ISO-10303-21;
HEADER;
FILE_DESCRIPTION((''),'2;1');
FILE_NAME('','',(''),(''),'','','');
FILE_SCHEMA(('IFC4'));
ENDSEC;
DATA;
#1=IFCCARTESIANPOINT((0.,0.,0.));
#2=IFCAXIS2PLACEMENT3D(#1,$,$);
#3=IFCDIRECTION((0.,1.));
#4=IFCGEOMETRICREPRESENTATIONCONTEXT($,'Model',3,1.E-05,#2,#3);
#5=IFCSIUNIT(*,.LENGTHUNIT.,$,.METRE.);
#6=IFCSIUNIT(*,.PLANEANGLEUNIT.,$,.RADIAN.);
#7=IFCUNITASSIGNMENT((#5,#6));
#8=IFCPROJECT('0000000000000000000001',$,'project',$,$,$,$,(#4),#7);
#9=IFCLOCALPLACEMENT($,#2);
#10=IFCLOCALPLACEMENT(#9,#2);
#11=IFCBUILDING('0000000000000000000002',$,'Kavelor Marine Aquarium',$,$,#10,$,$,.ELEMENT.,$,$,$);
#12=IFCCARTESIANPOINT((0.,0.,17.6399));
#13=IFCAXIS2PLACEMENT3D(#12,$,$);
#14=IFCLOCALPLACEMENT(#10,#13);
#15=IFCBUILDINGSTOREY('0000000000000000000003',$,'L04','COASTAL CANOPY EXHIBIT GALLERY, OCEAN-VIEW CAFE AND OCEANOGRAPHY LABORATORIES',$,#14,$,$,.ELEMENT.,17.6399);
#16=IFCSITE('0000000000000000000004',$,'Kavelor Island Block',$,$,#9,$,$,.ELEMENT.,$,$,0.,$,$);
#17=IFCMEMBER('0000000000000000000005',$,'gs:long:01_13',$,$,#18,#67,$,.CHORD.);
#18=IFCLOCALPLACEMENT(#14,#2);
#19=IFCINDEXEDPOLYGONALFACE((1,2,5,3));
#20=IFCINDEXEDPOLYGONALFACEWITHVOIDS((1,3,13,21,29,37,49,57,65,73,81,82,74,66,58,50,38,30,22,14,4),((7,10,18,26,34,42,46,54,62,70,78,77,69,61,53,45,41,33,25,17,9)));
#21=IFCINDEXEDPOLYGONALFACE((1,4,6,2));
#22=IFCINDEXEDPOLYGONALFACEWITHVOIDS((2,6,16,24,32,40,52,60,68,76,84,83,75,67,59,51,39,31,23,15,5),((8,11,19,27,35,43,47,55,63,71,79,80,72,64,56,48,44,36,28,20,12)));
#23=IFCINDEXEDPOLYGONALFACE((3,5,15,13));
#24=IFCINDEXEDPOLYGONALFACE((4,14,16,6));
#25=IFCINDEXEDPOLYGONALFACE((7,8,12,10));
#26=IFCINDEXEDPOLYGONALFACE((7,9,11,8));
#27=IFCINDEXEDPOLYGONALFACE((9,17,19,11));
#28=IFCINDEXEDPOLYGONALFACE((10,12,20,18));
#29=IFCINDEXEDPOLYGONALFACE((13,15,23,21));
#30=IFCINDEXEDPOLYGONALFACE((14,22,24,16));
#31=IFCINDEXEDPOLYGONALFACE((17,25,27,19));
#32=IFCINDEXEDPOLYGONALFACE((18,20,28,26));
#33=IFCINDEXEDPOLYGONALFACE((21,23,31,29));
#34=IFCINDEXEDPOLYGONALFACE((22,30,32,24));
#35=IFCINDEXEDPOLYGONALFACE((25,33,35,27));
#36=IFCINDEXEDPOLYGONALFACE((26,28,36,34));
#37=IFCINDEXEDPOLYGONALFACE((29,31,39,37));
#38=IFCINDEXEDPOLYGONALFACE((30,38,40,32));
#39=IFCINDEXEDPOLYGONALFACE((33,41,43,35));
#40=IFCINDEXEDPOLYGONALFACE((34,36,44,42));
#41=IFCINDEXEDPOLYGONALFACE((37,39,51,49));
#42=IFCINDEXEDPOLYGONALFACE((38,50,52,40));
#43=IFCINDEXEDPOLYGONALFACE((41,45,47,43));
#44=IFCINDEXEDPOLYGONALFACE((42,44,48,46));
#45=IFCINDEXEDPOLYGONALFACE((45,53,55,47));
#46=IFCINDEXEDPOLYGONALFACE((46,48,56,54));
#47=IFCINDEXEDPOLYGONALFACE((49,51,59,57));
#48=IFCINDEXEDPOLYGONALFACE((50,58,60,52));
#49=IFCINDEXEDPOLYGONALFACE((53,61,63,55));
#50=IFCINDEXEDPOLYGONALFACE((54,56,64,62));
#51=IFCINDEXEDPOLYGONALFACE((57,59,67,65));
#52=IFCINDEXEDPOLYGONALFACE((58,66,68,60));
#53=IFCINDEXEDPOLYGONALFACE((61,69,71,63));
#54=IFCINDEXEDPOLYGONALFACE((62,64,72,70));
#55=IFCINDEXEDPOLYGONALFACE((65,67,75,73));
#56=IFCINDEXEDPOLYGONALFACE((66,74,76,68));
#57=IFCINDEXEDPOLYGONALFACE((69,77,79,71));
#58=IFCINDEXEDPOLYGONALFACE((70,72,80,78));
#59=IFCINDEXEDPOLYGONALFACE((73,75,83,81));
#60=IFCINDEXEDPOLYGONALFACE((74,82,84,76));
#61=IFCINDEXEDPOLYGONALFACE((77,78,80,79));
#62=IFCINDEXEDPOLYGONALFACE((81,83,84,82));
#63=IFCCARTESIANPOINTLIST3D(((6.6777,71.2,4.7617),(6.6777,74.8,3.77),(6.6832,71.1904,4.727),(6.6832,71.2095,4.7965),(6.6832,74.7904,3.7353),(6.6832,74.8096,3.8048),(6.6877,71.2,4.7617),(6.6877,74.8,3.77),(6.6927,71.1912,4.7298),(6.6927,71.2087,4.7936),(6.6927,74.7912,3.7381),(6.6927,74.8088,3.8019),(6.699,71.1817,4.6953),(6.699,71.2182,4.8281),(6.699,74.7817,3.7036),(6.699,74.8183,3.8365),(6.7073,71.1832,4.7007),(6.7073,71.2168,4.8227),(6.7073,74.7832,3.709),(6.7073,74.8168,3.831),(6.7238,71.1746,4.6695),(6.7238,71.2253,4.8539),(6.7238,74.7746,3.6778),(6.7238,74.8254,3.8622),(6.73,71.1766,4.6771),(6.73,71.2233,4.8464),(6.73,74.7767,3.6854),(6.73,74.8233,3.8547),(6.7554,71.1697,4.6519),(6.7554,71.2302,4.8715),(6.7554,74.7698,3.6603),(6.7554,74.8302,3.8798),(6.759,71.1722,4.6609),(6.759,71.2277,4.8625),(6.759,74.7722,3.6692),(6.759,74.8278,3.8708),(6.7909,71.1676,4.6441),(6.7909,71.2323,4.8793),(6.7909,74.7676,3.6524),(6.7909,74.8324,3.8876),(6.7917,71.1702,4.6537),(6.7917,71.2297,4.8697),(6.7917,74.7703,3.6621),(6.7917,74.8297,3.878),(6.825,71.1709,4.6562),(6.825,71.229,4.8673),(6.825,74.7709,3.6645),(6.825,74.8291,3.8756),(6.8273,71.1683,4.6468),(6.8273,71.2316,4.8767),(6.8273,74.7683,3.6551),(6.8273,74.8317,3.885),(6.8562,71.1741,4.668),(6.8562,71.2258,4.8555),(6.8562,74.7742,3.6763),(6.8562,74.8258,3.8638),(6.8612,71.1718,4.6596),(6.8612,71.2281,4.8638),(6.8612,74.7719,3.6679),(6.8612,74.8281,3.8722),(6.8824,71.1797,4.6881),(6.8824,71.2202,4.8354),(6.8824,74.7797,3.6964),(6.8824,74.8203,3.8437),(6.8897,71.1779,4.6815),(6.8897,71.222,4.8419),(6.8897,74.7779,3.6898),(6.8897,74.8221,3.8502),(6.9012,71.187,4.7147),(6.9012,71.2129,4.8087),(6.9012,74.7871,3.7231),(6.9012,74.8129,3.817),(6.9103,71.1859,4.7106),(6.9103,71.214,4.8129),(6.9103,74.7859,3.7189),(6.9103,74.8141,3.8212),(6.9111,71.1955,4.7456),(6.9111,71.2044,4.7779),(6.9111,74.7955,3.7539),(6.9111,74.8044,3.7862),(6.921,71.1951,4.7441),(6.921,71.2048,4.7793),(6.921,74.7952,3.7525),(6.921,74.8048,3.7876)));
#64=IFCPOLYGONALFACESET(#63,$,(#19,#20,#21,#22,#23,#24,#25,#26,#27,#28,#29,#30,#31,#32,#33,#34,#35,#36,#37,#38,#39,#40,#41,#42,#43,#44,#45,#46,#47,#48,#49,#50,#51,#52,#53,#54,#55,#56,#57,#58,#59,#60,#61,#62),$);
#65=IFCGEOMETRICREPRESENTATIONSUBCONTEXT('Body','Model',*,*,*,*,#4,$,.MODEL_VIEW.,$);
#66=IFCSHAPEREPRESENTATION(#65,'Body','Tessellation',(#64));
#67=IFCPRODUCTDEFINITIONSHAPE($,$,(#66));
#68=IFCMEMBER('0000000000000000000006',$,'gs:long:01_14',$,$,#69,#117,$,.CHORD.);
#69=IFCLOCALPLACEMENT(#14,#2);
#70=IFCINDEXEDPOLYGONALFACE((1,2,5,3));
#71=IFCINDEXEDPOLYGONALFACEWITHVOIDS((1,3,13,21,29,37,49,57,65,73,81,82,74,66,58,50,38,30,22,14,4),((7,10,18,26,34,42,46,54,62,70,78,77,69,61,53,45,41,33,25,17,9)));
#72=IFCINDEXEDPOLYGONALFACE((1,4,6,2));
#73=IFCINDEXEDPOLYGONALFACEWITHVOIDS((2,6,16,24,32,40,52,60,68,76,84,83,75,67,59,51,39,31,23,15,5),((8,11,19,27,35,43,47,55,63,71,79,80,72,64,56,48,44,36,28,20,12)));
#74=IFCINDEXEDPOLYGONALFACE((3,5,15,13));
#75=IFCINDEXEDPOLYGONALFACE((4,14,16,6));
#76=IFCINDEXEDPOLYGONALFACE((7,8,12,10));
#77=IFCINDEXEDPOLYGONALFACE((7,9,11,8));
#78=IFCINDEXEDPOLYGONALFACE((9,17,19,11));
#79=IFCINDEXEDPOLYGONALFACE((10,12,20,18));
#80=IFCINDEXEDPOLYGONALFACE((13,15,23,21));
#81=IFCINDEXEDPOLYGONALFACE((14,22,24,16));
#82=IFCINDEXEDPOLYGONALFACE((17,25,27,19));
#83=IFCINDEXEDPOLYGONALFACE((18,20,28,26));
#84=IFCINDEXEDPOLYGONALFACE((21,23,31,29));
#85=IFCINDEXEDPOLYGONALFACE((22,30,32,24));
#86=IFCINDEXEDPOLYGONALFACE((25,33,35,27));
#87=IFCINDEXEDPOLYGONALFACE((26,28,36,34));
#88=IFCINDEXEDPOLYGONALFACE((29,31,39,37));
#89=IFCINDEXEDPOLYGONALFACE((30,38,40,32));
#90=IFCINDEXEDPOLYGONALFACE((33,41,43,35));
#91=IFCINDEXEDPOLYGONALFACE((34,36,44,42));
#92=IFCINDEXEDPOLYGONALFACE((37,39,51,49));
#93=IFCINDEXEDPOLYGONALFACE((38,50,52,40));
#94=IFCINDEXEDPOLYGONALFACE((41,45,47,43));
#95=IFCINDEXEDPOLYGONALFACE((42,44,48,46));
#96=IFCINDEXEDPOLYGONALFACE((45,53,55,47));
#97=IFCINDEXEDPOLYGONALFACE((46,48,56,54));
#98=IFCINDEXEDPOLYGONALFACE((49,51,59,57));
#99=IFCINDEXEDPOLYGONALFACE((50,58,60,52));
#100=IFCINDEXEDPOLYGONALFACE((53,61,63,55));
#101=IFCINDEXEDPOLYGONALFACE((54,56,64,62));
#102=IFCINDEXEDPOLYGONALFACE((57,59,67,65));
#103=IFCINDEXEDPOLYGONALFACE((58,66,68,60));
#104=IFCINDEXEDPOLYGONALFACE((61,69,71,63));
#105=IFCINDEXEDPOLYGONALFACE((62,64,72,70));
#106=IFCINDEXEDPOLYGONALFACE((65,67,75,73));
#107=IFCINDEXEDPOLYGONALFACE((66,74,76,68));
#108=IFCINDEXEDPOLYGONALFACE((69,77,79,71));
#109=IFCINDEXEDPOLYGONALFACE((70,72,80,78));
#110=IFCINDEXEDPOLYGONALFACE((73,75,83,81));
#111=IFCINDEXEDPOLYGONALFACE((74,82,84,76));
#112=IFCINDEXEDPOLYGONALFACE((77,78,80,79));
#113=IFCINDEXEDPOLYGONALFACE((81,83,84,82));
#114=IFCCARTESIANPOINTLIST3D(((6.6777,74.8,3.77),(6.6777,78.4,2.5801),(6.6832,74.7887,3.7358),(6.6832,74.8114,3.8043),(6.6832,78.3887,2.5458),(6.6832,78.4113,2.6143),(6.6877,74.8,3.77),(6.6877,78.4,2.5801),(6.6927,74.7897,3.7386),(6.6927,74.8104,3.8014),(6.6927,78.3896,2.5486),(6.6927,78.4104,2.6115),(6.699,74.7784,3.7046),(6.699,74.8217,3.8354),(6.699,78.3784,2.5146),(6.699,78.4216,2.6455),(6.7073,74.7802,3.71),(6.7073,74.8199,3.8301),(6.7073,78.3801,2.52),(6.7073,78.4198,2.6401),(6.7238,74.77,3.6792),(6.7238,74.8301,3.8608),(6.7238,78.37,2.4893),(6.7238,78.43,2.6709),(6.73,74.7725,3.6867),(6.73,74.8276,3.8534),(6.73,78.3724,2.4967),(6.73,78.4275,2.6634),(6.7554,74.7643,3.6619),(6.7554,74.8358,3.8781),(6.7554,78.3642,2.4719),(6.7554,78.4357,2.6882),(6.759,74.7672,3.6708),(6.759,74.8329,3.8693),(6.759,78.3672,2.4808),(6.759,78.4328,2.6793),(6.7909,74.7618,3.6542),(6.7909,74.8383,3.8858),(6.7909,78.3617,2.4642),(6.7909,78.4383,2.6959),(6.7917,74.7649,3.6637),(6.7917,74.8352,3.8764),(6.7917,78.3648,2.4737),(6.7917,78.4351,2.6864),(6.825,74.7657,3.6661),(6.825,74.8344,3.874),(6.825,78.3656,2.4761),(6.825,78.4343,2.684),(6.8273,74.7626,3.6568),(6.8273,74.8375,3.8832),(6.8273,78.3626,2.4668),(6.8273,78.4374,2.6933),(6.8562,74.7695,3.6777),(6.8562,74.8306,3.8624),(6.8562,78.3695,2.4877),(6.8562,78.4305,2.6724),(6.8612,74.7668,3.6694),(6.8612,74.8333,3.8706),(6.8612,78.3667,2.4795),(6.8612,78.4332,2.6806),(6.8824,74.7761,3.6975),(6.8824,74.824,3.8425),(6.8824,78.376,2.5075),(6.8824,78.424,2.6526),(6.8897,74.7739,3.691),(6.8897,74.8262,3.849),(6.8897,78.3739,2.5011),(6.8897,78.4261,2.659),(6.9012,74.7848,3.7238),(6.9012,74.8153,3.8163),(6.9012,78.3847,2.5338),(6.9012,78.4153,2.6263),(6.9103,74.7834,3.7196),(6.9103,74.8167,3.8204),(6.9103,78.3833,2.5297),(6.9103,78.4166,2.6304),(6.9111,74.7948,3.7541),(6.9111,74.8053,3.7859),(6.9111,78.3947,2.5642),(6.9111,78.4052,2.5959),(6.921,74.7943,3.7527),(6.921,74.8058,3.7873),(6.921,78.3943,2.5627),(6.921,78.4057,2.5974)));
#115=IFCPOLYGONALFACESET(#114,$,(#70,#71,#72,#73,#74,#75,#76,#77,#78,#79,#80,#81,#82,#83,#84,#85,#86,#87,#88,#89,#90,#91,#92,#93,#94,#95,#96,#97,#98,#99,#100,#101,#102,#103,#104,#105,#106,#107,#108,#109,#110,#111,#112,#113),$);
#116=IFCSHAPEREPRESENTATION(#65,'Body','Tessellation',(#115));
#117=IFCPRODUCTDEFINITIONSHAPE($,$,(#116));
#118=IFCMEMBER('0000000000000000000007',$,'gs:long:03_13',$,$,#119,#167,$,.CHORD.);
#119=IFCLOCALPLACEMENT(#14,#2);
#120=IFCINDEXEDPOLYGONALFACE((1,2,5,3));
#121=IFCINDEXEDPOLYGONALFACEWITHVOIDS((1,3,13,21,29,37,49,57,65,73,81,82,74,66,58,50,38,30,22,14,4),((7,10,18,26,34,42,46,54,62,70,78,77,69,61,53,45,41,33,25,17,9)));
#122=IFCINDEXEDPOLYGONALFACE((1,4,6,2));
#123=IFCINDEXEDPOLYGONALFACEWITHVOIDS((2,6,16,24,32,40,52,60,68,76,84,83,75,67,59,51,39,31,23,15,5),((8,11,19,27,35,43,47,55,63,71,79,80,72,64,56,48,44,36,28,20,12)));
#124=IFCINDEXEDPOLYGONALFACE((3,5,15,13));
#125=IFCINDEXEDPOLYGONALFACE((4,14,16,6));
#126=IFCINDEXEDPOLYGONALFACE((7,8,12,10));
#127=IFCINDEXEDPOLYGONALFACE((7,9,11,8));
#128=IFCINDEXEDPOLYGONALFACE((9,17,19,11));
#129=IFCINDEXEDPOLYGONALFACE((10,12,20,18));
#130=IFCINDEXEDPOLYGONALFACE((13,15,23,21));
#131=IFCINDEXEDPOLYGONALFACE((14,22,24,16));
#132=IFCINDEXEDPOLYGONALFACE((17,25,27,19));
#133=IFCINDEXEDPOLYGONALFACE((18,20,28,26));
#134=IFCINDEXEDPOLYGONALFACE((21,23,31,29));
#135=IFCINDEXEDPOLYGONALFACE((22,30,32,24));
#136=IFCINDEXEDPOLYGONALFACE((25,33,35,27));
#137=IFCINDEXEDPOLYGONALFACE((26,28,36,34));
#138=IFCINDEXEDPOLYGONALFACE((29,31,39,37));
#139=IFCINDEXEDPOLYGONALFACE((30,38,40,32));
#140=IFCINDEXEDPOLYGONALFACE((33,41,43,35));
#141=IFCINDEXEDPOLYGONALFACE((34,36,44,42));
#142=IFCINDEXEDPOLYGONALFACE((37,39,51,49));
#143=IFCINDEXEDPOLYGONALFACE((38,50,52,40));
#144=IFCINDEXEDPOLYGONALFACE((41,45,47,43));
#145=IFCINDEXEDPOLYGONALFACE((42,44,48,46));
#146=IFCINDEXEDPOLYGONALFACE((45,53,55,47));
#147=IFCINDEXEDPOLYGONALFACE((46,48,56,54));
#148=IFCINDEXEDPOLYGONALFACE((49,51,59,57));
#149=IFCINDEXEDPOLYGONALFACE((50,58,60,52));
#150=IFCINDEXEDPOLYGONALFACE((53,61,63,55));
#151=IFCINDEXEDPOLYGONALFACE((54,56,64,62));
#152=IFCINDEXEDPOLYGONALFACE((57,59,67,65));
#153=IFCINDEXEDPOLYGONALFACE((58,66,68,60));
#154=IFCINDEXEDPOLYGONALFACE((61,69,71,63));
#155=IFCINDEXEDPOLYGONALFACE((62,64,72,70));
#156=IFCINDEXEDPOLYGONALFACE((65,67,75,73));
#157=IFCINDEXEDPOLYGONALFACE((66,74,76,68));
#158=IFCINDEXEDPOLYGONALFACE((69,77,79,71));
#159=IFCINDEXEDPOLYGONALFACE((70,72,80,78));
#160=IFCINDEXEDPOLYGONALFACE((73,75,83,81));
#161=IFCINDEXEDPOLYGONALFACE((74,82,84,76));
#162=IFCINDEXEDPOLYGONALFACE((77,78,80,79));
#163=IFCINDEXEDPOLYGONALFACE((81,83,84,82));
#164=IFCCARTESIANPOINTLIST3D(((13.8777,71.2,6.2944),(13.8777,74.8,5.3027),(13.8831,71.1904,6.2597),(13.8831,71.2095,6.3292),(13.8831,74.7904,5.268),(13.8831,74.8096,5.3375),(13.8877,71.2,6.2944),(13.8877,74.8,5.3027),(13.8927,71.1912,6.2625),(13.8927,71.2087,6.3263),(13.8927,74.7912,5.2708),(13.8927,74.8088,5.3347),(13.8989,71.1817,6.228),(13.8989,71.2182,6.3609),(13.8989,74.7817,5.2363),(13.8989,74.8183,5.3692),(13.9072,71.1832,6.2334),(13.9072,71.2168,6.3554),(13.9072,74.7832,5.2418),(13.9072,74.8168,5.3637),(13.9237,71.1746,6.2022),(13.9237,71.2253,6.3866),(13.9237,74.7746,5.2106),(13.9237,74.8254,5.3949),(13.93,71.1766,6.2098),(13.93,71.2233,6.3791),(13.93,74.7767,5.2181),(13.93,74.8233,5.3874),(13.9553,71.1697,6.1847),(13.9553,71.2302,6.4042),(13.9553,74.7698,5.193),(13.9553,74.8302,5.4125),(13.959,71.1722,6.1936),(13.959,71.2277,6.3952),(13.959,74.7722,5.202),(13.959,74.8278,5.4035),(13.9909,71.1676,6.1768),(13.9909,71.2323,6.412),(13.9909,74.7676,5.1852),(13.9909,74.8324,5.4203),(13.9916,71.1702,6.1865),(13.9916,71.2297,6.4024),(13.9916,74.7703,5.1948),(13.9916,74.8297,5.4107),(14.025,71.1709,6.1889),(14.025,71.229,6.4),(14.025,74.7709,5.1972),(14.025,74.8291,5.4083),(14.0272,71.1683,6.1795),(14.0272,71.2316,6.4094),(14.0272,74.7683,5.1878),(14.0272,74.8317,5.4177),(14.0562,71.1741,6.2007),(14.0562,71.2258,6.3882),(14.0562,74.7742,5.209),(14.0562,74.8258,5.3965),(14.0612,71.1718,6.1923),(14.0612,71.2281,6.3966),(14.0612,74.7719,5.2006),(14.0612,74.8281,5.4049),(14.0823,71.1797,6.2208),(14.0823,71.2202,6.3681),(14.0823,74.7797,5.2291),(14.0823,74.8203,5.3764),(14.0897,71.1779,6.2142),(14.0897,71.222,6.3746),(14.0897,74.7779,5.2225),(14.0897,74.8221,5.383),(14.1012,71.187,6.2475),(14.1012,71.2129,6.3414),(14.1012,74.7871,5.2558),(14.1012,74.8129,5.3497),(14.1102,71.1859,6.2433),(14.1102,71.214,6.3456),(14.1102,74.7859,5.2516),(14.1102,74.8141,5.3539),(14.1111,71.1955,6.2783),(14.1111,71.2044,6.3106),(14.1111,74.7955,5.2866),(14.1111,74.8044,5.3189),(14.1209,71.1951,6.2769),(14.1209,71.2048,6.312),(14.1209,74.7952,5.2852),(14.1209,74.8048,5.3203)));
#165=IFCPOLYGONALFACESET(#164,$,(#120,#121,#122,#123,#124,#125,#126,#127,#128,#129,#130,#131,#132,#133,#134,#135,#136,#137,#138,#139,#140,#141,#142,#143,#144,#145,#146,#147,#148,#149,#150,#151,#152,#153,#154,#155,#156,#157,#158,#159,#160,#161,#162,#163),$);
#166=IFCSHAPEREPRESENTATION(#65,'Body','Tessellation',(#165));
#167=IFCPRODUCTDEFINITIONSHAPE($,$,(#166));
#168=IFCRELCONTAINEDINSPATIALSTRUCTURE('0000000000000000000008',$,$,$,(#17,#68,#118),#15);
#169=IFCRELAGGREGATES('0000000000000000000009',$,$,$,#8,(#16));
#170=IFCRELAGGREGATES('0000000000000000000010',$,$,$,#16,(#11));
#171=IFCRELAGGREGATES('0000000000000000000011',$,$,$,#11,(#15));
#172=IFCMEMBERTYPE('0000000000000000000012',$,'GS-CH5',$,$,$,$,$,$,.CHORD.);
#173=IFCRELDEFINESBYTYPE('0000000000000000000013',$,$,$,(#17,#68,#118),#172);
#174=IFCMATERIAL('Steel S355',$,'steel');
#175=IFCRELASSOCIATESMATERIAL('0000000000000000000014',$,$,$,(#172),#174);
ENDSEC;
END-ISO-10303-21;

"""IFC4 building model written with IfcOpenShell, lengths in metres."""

from ifc_helpers import new_model, si_unit, direction, frame, origin, origin_2d, place, context, subcontext, project, spatial, hollow_circle, extrude, material, material_profile, profile_set, type_object, element, save


model = new_model("IFC4")

# Units and contexts
model_context = context("Model", 3, precision=1e-05, world=origin(), true_north=direction((0.0, 1.0)))
body_context = subcontext(model_context, "Body", "Model", "MODEL_VIEW")
ifc_project = project(units=[si_unit("LENGTHUNIT", "METRE"), si_unit("PLANEANGLEUNIT", "RADIAN")], contexts=[model_context])

# Site, building, storey
site_placement = place(None, origin())
site = spatial("IfcSite", under=ifc_project, at=site_placement, Name="Kavelor Island Block", CompositionType="ELEMENT", RefElevation=0.0)
building_placement = place(site_placement, origin())
building = spatial("IfcBuilding", under=site, at=building_placement, Name="Kavelor Marine Aquarium", CompositionType="ELEMENT")
storey_placement = place(building_placement, frame((0.0, 0.0, 17.6399)))
storey = spatial("IfcBuildingStorey", under=building, at=storey_placement, Name="L04", Description="COASTAL CANOPY EXHIBIT GALLERY, OCEAN-VIEW CAFE AND OCEANOGRAPHY LABORATORIES", CompositionType="ELEMENT", Elevation=17.6399)

# Members
ifc_material_1 = material(Name="Steel S355", Category="steel")
ifc_material_profile_1 = material_profile(ifc_material_1, hollow_circle(Radius=0.1223, WallThickness=0.01, at=origin_2d()), Name="CHS 244.5x10.0")
ifc_profile_set_1 = profile_set([ifc_material_profile_1], Name="Steel S355")
member_type_1 = type_object("IfcMemberType", Name="GS-CH5", PredefinedType="CHORD", material=ifc_profile_set_1)
member_1_placement = place(storey_placement, frame((6.8, 71.2, 4.7617), z_axis=(0.0, 0.964091, -0.265573), x_axis=(-1.0, 0.0, 0.0)))
element("IfcMember", 1, at=member_1_placement, inside=storey, type_object=member_type_1, Name="gs:long:01_13", PredefinedType="CHORD", context=body_context, shape_type="SweptSolid", body=[
    extrude(hollow_circle(Radius=0.1223, WallThickness=0.01, at=origin_2d()), origin(), (0.0, 0.0, 1.0), 3.7341),
])
member_2_placement = place(storey_placement, frame((6.8, 74.8, 3.77), z_axis=(0.0, 0.949472, -0.313851), x_axis=(-1.0, 0.0, 0.0)))
element("IfcMember", 2, at=member_2_placement, inside=storey, type_object=member_type_1, Name="gs:long:01_14", PredefinedType="CHORD", context=body_context, shape_type="SweptSolid", body=[
    extrude(hollow_circle(Radius=0.1223, WallThickness=0.01, at=origin_2d()), origin(), (0.0, 0.0, 1.0), 3.7915),
])
member_3_placement = place(storey_placement, frame((14.0, 71.2, 6.2944), z_axis=(0.0, 0.964091, -0.265573), x_axis=(-1.0, 0.0, 0.0)))
element("IfcMember", 3, at=member_3_placement, inside=storey, type_object=member_type_1, Name="gs:long:03_13", PredefinedType="CHORD", context=body_context, shape_type="SweptSolid", body=[
    extrude(hollow_circle(Radius=0.1223, WallThickness=0.01, at=origin_2d()), origin(), (0.0, 0.0, 1.0), 3.7341),
])

save(model, "model.ifc")
